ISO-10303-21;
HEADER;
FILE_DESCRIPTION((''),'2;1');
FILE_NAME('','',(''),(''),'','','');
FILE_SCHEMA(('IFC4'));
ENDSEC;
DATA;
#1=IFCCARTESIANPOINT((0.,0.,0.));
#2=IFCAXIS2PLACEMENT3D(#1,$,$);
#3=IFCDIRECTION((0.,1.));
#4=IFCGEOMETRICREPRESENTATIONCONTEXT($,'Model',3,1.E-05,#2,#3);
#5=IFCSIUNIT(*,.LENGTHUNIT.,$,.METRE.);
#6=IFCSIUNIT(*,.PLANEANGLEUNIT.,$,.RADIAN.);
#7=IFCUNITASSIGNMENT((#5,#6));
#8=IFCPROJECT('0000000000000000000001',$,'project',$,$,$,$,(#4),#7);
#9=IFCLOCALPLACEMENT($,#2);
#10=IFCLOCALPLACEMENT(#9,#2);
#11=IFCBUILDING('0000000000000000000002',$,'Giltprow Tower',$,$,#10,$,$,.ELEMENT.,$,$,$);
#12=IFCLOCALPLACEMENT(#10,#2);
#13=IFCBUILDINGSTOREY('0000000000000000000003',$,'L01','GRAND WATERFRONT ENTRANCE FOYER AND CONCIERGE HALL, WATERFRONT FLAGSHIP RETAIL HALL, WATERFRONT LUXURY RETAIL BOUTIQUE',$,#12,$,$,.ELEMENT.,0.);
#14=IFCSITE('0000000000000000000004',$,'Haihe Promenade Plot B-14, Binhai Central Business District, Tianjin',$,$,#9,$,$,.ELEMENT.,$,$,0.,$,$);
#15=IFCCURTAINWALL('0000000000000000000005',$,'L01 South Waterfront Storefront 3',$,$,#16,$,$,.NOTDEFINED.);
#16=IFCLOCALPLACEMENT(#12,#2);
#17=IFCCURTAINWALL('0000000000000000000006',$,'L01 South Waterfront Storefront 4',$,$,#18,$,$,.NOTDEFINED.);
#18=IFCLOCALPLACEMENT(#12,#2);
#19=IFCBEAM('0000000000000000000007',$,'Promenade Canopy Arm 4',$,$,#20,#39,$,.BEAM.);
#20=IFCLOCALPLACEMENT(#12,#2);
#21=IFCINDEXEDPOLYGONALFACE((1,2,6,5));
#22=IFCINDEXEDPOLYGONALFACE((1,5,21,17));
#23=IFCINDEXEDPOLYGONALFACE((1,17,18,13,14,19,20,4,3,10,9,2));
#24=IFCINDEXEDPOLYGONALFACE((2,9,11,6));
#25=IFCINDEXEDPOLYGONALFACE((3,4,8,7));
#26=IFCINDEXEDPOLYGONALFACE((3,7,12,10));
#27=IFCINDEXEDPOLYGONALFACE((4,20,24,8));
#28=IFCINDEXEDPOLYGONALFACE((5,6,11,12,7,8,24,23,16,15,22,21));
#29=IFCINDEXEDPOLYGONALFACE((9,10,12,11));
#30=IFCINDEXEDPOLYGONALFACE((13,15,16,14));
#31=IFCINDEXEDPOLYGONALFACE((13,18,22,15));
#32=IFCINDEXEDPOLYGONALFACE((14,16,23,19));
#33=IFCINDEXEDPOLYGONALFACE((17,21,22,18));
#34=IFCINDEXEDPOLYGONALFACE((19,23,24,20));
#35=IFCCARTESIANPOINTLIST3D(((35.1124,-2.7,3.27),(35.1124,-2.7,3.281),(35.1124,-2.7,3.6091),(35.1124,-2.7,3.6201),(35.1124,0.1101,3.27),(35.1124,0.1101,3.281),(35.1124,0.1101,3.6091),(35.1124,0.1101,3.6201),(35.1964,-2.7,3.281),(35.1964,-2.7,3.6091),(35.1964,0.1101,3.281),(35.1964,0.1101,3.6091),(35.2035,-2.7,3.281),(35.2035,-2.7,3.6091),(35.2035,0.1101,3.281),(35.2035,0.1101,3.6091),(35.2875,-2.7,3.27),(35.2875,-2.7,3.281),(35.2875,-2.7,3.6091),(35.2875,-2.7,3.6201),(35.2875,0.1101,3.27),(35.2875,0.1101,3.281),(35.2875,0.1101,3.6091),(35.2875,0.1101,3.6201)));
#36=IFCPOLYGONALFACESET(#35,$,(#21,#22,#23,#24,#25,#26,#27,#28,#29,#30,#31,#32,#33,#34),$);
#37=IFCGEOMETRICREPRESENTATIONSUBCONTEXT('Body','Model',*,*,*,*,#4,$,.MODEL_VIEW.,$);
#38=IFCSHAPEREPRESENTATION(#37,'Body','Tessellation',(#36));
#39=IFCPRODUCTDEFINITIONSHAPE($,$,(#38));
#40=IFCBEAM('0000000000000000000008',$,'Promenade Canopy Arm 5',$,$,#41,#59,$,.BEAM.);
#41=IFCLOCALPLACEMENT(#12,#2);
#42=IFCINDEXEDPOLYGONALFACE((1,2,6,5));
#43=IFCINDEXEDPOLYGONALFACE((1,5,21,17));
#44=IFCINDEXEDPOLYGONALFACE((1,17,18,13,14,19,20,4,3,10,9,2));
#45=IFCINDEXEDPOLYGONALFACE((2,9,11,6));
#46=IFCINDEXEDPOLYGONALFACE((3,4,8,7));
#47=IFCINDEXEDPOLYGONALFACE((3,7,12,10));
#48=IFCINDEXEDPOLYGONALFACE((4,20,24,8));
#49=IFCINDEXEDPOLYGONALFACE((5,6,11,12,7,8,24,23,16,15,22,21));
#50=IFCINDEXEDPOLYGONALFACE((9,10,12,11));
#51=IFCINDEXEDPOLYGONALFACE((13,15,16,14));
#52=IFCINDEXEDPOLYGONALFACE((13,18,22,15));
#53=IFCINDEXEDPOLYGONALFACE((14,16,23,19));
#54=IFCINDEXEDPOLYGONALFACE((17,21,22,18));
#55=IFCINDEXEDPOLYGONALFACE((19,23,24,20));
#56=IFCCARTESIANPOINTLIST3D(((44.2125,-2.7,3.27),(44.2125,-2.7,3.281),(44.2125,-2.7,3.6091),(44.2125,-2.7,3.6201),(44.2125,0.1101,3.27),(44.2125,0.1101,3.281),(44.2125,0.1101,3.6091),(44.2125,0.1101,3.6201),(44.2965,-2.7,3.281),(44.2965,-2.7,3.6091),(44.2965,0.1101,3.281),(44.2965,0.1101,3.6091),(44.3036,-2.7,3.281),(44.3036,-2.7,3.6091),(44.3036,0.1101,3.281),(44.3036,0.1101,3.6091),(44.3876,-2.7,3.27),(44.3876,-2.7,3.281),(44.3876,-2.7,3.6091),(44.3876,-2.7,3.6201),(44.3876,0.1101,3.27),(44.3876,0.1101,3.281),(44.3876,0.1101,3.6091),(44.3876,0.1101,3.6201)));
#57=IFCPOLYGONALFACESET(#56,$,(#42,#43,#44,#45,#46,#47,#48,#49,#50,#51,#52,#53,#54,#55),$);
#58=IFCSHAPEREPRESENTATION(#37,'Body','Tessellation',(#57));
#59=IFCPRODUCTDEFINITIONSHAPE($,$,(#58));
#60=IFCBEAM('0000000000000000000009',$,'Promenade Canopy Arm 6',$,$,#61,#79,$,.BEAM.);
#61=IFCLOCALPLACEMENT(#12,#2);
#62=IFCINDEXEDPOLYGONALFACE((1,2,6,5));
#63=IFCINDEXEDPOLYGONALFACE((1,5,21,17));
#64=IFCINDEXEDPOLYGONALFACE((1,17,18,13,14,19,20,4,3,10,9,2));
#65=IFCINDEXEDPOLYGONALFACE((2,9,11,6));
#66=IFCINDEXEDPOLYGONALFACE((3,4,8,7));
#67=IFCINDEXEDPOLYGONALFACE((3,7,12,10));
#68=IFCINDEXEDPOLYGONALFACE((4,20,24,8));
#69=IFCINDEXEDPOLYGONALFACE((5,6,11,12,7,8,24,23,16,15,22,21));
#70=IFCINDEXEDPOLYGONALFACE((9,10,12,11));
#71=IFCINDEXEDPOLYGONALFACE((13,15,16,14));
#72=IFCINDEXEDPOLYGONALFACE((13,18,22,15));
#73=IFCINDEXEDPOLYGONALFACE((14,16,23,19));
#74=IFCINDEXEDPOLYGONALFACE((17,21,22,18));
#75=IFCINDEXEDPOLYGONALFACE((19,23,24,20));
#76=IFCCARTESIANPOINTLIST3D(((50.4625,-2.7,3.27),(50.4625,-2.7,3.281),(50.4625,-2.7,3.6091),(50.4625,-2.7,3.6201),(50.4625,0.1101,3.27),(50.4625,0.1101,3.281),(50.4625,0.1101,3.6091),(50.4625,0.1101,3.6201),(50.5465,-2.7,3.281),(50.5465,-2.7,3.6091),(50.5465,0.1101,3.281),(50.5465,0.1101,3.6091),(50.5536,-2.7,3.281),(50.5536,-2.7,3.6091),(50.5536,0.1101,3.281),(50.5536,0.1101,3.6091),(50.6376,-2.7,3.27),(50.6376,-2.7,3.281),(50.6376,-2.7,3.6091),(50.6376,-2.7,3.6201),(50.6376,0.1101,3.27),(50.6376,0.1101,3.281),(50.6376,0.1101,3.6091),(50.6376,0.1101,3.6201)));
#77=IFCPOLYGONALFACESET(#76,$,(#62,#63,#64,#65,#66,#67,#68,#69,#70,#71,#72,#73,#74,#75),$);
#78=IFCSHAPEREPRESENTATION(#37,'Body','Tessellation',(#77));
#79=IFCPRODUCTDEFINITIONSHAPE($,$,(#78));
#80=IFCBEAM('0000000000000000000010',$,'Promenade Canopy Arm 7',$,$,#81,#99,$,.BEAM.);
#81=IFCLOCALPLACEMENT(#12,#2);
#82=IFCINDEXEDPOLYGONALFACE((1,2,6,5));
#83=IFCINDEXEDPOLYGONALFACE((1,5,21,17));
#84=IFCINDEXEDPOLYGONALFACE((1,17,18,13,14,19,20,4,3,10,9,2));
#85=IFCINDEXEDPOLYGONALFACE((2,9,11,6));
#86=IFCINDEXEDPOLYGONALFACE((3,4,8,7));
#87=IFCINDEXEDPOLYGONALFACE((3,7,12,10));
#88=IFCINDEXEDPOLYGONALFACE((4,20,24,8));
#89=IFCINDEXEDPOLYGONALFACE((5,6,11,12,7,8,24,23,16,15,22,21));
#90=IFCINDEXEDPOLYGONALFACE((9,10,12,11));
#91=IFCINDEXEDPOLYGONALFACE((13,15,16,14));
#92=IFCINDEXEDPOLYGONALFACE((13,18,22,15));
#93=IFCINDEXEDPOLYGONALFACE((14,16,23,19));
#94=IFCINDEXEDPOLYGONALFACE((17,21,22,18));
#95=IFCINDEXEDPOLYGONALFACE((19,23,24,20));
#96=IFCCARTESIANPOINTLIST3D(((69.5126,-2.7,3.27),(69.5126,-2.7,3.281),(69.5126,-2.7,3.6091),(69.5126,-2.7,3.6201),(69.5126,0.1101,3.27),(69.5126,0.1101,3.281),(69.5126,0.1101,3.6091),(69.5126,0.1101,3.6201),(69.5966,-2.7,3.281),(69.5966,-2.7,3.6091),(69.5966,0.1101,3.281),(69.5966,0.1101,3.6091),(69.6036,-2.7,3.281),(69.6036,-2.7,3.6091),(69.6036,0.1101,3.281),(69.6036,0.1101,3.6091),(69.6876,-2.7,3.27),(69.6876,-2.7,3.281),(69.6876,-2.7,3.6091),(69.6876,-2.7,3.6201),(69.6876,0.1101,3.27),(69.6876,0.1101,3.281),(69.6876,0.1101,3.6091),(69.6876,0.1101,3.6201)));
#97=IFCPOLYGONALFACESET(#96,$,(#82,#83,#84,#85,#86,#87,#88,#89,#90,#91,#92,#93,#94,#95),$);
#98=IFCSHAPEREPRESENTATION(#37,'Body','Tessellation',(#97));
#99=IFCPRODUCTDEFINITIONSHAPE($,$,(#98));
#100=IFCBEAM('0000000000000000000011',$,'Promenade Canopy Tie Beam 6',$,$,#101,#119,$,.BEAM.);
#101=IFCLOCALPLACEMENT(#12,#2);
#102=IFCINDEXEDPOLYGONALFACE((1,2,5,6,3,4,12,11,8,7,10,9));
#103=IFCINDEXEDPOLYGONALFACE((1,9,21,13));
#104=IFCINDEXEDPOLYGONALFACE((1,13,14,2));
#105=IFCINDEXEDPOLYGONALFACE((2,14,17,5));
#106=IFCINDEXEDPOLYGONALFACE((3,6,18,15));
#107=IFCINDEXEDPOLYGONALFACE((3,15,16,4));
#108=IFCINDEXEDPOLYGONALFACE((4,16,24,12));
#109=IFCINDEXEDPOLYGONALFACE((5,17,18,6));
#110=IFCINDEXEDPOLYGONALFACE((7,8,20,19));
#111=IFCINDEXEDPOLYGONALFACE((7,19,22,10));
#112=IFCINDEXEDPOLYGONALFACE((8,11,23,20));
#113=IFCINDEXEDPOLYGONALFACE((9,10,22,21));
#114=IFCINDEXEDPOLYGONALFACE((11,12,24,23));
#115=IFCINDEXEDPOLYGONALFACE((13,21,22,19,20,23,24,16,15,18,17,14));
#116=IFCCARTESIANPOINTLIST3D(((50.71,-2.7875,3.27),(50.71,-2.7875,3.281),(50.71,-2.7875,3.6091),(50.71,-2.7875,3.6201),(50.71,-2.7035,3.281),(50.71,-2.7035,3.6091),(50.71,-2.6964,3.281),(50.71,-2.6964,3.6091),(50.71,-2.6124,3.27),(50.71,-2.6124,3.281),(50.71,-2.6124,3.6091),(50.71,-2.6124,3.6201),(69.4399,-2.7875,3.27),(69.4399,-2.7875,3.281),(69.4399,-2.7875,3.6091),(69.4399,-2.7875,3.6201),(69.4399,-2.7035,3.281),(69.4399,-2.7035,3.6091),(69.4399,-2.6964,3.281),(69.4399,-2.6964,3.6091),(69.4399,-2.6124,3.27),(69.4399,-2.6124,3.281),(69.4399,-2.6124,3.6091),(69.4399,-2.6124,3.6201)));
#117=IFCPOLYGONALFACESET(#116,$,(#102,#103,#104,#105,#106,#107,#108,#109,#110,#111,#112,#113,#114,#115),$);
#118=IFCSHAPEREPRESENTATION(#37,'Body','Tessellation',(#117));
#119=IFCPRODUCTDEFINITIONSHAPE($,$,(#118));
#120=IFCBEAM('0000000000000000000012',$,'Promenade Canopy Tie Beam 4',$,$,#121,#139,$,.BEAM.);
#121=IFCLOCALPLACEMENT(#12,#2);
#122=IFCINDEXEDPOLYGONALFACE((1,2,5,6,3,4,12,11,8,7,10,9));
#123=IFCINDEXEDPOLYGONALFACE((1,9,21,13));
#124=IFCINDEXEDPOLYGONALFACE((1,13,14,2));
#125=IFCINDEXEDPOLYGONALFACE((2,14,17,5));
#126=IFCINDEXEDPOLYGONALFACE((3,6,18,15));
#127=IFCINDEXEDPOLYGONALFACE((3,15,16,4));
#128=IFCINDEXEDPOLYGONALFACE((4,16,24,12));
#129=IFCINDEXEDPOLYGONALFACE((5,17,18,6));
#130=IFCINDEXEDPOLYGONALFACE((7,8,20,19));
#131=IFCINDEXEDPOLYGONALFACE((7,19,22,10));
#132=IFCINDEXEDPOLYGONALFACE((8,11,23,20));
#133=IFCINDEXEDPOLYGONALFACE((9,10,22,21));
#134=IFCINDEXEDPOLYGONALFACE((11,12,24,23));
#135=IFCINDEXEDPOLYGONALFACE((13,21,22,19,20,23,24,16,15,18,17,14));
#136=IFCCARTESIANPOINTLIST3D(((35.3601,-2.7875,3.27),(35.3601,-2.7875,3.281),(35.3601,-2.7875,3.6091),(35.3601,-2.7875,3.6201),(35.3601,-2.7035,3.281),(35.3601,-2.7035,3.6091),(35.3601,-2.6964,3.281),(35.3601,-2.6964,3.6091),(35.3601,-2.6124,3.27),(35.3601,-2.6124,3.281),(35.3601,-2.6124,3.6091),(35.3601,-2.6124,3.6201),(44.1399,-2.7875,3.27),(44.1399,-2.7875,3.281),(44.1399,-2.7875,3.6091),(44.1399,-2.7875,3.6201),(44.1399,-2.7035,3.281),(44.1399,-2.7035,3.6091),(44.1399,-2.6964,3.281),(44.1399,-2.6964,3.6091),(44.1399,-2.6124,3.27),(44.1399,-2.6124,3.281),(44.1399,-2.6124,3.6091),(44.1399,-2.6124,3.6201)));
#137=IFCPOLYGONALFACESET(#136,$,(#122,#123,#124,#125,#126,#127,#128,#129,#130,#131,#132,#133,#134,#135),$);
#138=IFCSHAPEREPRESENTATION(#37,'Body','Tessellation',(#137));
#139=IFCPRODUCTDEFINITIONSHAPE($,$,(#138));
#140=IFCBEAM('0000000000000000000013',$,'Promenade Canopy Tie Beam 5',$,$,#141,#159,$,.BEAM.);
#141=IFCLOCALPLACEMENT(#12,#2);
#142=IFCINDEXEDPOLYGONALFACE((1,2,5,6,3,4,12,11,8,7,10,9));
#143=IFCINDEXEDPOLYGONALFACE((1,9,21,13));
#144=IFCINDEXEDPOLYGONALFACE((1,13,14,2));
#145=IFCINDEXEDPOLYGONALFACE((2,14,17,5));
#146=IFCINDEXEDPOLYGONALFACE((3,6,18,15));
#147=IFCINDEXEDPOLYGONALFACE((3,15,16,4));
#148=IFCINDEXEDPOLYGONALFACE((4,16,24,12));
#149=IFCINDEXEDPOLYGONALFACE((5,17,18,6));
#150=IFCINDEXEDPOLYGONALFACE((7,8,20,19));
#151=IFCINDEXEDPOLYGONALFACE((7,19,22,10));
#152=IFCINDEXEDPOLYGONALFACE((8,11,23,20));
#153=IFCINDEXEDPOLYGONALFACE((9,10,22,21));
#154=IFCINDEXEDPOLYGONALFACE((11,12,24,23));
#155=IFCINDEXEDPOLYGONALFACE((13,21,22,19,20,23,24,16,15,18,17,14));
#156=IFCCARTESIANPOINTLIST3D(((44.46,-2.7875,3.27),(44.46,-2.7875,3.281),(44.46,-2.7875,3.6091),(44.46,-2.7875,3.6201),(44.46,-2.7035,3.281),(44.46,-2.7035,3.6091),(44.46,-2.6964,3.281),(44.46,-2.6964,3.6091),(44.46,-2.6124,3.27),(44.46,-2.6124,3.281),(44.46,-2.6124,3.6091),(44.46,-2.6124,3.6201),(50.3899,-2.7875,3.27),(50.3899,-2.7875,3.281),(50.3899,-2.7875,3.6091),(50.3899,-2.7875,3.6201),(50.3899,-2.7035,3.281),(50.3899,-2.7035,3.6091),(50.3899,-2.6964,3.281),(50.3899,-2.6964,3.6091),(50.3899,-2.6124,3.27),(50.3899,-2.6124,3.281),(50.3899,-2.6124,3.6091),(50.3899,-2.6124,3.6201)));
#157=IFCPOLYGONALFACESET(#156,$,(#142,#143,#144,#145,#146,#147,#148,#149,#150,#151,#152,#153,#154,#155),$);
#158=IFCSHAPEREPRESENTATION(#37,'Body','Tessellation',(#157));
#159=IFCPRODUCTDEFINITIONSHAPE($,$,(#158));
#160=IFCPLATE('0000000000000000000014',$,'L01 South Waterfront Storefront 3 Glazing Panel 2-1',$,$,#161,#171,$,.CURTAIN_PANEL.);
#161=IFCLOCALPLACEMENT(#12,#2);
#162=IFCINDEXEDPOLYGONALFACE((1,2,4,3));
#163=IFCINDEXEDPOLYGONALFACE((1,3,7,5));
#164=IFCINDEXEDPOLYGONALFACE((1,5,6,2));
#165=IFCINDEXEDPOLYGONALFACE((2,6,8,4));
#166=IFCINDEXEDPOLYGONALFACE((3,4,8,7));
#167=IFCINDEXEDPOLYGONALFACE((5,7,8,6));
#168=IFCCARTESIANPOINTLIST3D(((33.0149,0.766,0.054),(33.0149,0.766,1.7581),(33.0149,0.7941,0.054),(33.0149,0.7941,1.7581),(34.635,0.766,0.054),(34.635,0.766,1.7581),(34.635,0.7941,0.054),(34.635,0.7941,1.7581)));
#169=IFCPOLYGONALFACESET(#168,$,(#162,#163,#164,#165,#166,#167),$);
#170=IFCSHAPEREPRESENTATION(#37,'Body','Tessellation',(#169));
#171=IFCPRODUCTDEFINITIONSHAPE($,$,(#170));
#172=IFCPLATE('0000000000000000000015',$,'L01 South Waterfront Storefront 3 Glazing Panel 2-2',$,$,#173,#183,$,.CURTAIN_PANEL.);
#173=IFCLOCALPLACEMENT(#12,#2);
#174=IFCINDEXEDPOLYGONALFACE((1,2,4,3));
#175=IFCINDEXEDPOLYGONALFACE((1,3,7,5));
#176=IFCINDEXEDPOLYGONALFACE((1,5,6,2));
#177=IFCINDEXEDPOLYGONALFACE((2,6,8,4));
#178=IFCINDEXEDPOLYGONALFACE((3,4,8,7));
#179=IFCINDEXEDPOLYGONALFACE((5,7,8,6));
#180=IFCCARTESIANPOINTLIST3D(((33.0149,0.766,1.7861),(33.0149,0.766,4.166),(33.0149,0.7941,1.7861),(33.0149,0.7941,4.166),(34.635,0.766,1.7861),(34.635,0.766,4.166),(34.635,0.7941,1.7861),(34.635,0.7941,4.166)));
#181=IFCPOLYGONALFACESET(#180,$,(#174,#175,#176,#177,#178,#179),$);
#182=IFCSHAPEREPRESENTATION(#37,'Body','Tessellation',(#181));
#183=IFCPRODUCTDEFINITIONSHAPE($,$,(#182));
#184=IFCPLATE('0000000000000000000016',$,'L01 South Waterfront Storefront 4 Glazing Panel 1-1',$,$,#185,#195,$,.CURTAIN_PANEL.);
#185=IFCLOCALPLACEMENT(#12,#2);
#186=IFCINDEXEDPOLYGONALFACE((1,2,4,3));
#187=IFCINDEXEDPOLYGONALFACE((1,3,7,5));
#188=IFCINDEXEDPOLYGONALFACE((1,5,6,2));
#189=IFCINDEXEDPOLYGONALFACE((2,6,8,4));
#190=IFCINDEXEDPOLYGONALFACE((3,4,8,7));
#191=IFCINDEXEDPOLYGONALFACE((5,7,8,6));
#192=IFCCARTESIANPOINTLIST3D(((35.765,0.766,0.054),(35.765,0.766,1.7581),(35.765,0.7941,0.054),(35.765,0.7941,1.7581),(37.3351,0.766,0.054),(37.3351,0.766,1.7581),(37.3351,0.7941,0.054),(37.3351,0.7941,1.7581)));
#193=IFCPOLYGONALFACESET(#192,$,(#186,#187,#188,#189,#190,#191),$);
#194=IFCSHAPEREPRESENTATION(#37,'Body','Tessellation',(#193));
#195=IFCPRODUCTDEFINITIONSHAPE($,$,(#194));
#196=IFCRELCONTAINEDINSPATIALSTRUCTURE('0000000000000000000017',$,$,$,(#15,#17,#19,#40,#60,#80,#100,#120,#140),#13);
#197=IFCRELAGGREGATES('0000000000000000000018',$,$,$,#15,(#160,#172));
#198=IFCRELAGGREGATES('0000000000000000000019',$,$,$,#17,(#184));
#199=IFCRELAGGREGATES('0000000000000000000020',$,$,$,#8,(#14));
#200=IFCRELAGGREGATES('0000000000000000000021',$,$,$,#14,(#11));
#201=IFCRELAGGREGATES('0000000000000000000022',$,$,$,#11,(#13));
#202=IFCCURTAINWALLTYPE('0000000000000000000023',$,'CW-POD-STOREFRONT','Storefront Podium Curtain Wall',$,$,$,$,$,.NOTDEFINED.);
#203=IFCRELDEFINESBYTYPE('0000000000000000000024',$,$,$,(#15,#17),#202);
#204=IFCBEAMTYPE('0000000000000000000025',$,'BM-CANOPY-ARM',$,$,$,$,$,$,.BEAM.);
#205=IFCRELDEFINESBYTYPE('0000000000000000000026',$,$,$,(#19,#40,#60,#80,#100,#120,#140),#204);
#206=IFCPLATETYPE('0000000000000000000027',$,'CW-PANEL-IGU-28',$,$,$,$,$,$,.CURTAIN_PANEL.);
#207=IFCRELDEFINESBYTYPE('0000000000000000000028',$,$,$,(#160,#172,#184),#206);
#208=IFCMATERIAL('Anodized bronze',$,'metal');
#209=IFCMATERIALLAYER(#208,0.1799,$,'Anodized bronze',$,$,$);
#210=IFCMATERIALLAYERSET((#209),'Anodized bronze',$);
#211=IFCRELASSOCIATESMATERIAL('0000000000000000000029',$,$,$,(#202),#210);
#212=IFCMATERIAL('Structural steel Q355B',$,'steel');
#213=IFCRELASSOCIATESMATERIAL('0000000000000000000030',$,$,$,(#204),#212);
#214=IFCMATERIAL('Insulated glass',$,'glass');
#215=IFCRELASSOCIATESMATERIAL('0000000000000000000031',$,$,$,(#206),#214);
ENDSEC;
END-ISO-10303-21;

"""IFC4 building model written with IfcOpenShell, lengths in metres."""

from ifc_helpers import new_model, si_unit, direction, frame, origin, origin_2d, place, context, subcontext, project, spatial, rectangle, i_section, extrude, source, transform, mapped, material, layer, layer_set, material_profile, profile_set, type_object, element, aggregate, save


model = new_model("IFC4")

# Units and contexts
model_context = context("Model", 3, precision=1e-05, world=origin(), true_north=direction((0.0, 1.0)))
body_context = subcontext(model_context, "Body", "Model", "MODEL_VIEW")
ifc_project = project(units=[si_unit("LENGTHUNIT", "METRE"), si_unit("PLANEANGLEUNIT", "RADIAN")], contexts=[model_context])

# Site, building, storey
site_placement = place(None, origin())
site = spatial("IfcSite", under=ifc_project, at=site_placement, Name="Haihe Promenade Plot B-14, Binhai Central Business District, Tianjin", CompositionType="ELEMENT", RefElevation=0.0)
building_placement = place(site_placement, origin())
building = spatial("IfcBuilding", under=site, at=building_placement, Name="Giltprow Tower", CompositionType="ELEMENT")
storey_placement = place(building_placement, origin())
storey = spatial("IfcBuildingStorey", under=building, at=storey_placement, Name="L01", Description="GRAND WATERFRONT ENTRANCE FOYER AND CONCIERGE HALL, WATERFRONT FLAGSHIP RETAIL HALL, WATERFRONT LUXURY RETAIL BOUTIQUE", CompositionType="ELEMENT", Elevation=0.0)

# Shared definitions
ifc_material_1 = material(Name="Structural steel Q355B", Category="steel")

# Curtain walls
ifc_material_2 = material(Name="Anodized bronze", Category="metal")
ifc_layer = layer(ifc_material_2, 0.1799, Name="Anodized bronze")
ifc_layer_set = layer_set([ifc_layer], Name="Anodized bronze")
curtain_wall_type = type_object("IfcCurtainWallType", Name="CW-POD-STOREFRONT", Description="Storefront Podium Curtain Wall", PredefinedType="NOTDEFINED", material=ifc_layer_set)
curtain_wall_1_placement = place(storey_placement, origin())
curtain_wall_1 = element("IfcCurtainWall", 1, at=curtain_wall_1_placement, inside=storey, type_object=curtain_wall_type, Name="L01 South Waterfront Storefront 3", PredefinedType="NOTDEFINED")
curtain_wall_2_placement = place(storey_placement, origin())
curtain_wall_2 = element("IfcCurtainWall", 2, at=curtain_wall_2_placement, inside=storey, type_object=curtain_wall_type, Name="L01 South Waterfront Storefront 4", PredefinedType="NOTDEFINED")

# Beams
ifc_material_profile_1 = material_profile(ifc_material_1, i_section(OverallWidth=0.175, OverallDepth=0.3501, WebThickness=0.0071, FlangeThickness=0.011, at=origin_2d()), Name="HN 350x175x7x11")
ifc_profile_set_1 = profile_set([ifc_material_profile_1], Name="Structural steel Q355B")
beam_type_1 = type_object("IfcBeamType", Name="BM-CANOPY-ARM", PredefinedType="BEAM", material=ifc_profile_set_1)
shared_shape_1 = source(origin(), body_context, "Body", "SweptSolid", [
    extrude(i_section(OverallWidth=0.175, OverallDepth=0.3501, WebThickness=0.0071, FlangeThickness=0.011, at=origin_2d()), origin(), (0.0, 0.0, 1.0), 2.8101),
])
for number, where, z_axis, x_axis, name in (
    (3, (35.2, -2.7, 3.4451), (0.0, 1.0, 0.0), (-1.0, 0.0, 0.0), "Promenade Canopy Arm 4"),
    (4, (44.3, -2.7, 3.4451), (0.0, 1.0, 0.0), (-1.0, 0.0, 0.0), "Promenade Canopy Arm 5"),
    (5, (50.55, -2.7, 3.4451), (0.0, 1.0, 0.0), (-1.0, 0.0, 0.0), "Promenade Canopy Arm 6"),
    (6, (69.6001, -2.7, 3.4451), (0.0, 1.0, 0.0), (-1.0, 0.0, 0.0), "Promenade Canopy Arm 7"),
):
    element("IfcBeam", number, at=place(storey_placement, frame(where, z_axis=z_axis, x_axis=x_axis)), inside=storey, type_object=beam_type_1, Name=name, PredefinedType="BEAM", context=body_context, shape_type="MappedRepresentation", body=[
        mapped(shared_shape_1, transform((0.0, 0.0, 0.0), x_axis=(1.0, 0.0, 0.0), y_axis=(0.0, 1.0, 0.0), z_axis=(0.0, 0.0, 1.0), scale=1.0)),
    ])
shared_shape_2 = source(origin(), body_context, "Body", "SweptSolid", [
    extrude(i_section(OverallWidth=0.175, OverallDepth=0.3501, WebThickness=0.0071, FlangeThickness=0.011, at=origin_2d()), origin(), (0.0, 0.0, 1.0), 18.73),
])
beam_1_placement = place(storey_placement, frame((50.71, -2.7, 3.4451), z_axis=(1.0, 0.0, 0.0), x_axis=(0.0, 1.0, 0.0)))
element("IfcBeam", 7, at=beam_1_placement, inside=storey, type_object=beam_type_1, Name="Promenade Canopy Tie Beam 6", PredefinedType="BEAM", context=body_context, shape_type="MappedRepresentation", body=[
    mapped(shared_shape_2, transform((0.0, 0.0, 0.0), x_axis=(1.0, 0.0, 0.0), y_axis=(0.0, 1.0, 0.0), z_axis=(0.0, 0.0, 1.0), scale=1.0)),
])
shared_shape_3 = source(origin(), body_context, "Body", "SweptSolid", [
    extrude(i_section(OverallWidth=0.175, OverallDepth=0.3501, WebThickness=0.0071, FlangeThickness=0.011, at=origin_2d()), origin(), (0.0, 0.0, 1.0), 8.7798),
])
beam_2_placement = place(storey_placement, frame((35.3601, -2.7, 3.4451), z_axis=(1.0, 0.0, 0.0), x_axis=(0.0, 1.0, 0.0)))
element("IfcBeam", 8, at=beam_2_placement, inside=storey, type_object=beam_type_1, Name="Promenade Canopy Tie Beam 4", PredefinedType="BEAM", context=body_context, shape_type="MappedRepresentation", body=[
    mapped(shared_shape_3, transform((0.0, 0.0, 0.0), x_axis=(1.0, 0.0, 0.0), y_axis=(0.0, 1.0, 0.0), z_axis=(0.0, 0.0, 1.0), scale=1.0)),
])
shared_shape_4 = source(origin(), body_context, "Body", "SweptSolid", [
    extrude(i_section(OverallWidth=0.175, OverallDepth=0.3501, WebThickness=0.0071, FlangeThickness=0.011, at=origin_2d()), origin(), (0.0, 0.0, 1.0), 5.9299),
])
beam_3_placement = place(storey_placement, frame((44.46, -2.7, 3.4451), z_axis=(1.0, 0.0, 0.0), x_axis=(0.0, 1.0, 0.0)))
element("IfcBeam", 9, at=beam_3_placement, inside=storey, type_object=beam_type_1, Name="Promenade Canopy Tie Beam 5", PredefinedType="BEAM", context=body_context, shape_type="MappedRepresentation", body=[
    mapped(shared_shape_4, transform((0.0, 0.0, 0.0), x_axis=(1.0, 0.0, 0.0), y_axis=(0.0, 1.0, 0.0), z_axis=(0.0, 0.0, 1.0), scale=1.0)),
])

# Plates
ifc_material_3 = material(Name="Insulated glass", Category="glass")
plate_type = type_object("IfcPlateType", Name="CW-PANEL-IGU-28", PredefinedType="CURTAIN_PANEL", material=ifc_material_3)
shared_shape_5 = source(origin(), body_context, "Body", "SweptSolid", [
    extrude(rectangle(XDim=1.6201, YDim=0.0281, at=origin_2d()), origin(), (0.0, 0.0, 1.0), 1.7041),
])
plate_1_placement = place(storey_placement, frame((33.825, 0.78, 0.054), z_axis=(0.0, 0.0, 1.0), x_axis=(1.0, 0.0, 0.0)))
plate_1 = element("IfcPlate", 10, at=plate_1_placement, type_object=plate_type, Name="L01 South Waterfront Storefront 3 Glazing Panel 2-1", PredefinedType="CURTAIN_PANEL", context=body_context, shape_type="MappedRepresentation", body=[
    mapped(shared_shape_5, transform((0.0, 0.0, 0.0), x_axis=(1.0, 0.0, 0.0), y_axis=(0.0, 1.0, 0.0), z_axis=(0.0, 0.0, 1.0), scale=1.0)),
])
shared_shape_6 = source(origin(), body_context, "Body", "SweptSolid", [
    extrude(rectangle(XDim=1.6201, YDim=0.0281, at=origin_2d()), origin(), (0.0, 0.0, 1.0), 2.3799),
])
plate_2_placement = place(storey_placement, frame((33.825, 0.78, 1.7861), z_axis=(0.0, 0.0, 1.0), x_axis=(1.0, 0.0, 0.0)))
plate_2 = element("IfcPlate", 11, at=plate_2_placement, type_object=plate_type, Name="L01 South Waterfront Storefront 3 Glazing Panel 2-2", PredefinedType="CURTAIN_PANEL", context=body_context, shape_type="MappedRepresentation", body=[
    mapped(shared_shape_6, transform((0.0, 0.0, 0.0), x_axis=(1.0, 0.0, 0.0), y_axis=(0.0, 1.0, 0.0), z_axis=(0.0, 0.0, 1.0), scale=1.0)),
])
aggregate(curtain_wall_1, [plate_1, plate_2])
shared_shape_7 = source(origin(), body_context, "Body", "SweptSolid", [
    extrude(rectangle(XDim=1.5701, YDim=0.0281, at=origin_2d()), origin(), (0.0, 0.0, 1.0), 1.7041),
])
plate_3_placement = place(storey_placement, frame((36.55, 0.78, 0.054), z_axis=(0.0, 0.0, 1.0), x_axis=(1.0, 0.0, 0.0)))
plate_3 = element("IfcPlate", 12, at=plate_3_placement, type_object=plate_type, Name="L01 South Waterfront Storefront 4 Glazing Panel 1-1", PredefinedType="CURTAIN_PANEL", context=body_context, shape_type="MappedRepresentation", body=[
    mapped(shared_shape_7, transform((0.0, 0.0, 0.0), x_axis=(1.0, 0.0, 0.0), y_axis=(0.0, 1.0, 0.0), z_axis=(0.0, 0.0, 1.0), scale=1.0)),
])
aggregate(curtain_wall_2, [plate_3])

save(model, "model.ifc")
